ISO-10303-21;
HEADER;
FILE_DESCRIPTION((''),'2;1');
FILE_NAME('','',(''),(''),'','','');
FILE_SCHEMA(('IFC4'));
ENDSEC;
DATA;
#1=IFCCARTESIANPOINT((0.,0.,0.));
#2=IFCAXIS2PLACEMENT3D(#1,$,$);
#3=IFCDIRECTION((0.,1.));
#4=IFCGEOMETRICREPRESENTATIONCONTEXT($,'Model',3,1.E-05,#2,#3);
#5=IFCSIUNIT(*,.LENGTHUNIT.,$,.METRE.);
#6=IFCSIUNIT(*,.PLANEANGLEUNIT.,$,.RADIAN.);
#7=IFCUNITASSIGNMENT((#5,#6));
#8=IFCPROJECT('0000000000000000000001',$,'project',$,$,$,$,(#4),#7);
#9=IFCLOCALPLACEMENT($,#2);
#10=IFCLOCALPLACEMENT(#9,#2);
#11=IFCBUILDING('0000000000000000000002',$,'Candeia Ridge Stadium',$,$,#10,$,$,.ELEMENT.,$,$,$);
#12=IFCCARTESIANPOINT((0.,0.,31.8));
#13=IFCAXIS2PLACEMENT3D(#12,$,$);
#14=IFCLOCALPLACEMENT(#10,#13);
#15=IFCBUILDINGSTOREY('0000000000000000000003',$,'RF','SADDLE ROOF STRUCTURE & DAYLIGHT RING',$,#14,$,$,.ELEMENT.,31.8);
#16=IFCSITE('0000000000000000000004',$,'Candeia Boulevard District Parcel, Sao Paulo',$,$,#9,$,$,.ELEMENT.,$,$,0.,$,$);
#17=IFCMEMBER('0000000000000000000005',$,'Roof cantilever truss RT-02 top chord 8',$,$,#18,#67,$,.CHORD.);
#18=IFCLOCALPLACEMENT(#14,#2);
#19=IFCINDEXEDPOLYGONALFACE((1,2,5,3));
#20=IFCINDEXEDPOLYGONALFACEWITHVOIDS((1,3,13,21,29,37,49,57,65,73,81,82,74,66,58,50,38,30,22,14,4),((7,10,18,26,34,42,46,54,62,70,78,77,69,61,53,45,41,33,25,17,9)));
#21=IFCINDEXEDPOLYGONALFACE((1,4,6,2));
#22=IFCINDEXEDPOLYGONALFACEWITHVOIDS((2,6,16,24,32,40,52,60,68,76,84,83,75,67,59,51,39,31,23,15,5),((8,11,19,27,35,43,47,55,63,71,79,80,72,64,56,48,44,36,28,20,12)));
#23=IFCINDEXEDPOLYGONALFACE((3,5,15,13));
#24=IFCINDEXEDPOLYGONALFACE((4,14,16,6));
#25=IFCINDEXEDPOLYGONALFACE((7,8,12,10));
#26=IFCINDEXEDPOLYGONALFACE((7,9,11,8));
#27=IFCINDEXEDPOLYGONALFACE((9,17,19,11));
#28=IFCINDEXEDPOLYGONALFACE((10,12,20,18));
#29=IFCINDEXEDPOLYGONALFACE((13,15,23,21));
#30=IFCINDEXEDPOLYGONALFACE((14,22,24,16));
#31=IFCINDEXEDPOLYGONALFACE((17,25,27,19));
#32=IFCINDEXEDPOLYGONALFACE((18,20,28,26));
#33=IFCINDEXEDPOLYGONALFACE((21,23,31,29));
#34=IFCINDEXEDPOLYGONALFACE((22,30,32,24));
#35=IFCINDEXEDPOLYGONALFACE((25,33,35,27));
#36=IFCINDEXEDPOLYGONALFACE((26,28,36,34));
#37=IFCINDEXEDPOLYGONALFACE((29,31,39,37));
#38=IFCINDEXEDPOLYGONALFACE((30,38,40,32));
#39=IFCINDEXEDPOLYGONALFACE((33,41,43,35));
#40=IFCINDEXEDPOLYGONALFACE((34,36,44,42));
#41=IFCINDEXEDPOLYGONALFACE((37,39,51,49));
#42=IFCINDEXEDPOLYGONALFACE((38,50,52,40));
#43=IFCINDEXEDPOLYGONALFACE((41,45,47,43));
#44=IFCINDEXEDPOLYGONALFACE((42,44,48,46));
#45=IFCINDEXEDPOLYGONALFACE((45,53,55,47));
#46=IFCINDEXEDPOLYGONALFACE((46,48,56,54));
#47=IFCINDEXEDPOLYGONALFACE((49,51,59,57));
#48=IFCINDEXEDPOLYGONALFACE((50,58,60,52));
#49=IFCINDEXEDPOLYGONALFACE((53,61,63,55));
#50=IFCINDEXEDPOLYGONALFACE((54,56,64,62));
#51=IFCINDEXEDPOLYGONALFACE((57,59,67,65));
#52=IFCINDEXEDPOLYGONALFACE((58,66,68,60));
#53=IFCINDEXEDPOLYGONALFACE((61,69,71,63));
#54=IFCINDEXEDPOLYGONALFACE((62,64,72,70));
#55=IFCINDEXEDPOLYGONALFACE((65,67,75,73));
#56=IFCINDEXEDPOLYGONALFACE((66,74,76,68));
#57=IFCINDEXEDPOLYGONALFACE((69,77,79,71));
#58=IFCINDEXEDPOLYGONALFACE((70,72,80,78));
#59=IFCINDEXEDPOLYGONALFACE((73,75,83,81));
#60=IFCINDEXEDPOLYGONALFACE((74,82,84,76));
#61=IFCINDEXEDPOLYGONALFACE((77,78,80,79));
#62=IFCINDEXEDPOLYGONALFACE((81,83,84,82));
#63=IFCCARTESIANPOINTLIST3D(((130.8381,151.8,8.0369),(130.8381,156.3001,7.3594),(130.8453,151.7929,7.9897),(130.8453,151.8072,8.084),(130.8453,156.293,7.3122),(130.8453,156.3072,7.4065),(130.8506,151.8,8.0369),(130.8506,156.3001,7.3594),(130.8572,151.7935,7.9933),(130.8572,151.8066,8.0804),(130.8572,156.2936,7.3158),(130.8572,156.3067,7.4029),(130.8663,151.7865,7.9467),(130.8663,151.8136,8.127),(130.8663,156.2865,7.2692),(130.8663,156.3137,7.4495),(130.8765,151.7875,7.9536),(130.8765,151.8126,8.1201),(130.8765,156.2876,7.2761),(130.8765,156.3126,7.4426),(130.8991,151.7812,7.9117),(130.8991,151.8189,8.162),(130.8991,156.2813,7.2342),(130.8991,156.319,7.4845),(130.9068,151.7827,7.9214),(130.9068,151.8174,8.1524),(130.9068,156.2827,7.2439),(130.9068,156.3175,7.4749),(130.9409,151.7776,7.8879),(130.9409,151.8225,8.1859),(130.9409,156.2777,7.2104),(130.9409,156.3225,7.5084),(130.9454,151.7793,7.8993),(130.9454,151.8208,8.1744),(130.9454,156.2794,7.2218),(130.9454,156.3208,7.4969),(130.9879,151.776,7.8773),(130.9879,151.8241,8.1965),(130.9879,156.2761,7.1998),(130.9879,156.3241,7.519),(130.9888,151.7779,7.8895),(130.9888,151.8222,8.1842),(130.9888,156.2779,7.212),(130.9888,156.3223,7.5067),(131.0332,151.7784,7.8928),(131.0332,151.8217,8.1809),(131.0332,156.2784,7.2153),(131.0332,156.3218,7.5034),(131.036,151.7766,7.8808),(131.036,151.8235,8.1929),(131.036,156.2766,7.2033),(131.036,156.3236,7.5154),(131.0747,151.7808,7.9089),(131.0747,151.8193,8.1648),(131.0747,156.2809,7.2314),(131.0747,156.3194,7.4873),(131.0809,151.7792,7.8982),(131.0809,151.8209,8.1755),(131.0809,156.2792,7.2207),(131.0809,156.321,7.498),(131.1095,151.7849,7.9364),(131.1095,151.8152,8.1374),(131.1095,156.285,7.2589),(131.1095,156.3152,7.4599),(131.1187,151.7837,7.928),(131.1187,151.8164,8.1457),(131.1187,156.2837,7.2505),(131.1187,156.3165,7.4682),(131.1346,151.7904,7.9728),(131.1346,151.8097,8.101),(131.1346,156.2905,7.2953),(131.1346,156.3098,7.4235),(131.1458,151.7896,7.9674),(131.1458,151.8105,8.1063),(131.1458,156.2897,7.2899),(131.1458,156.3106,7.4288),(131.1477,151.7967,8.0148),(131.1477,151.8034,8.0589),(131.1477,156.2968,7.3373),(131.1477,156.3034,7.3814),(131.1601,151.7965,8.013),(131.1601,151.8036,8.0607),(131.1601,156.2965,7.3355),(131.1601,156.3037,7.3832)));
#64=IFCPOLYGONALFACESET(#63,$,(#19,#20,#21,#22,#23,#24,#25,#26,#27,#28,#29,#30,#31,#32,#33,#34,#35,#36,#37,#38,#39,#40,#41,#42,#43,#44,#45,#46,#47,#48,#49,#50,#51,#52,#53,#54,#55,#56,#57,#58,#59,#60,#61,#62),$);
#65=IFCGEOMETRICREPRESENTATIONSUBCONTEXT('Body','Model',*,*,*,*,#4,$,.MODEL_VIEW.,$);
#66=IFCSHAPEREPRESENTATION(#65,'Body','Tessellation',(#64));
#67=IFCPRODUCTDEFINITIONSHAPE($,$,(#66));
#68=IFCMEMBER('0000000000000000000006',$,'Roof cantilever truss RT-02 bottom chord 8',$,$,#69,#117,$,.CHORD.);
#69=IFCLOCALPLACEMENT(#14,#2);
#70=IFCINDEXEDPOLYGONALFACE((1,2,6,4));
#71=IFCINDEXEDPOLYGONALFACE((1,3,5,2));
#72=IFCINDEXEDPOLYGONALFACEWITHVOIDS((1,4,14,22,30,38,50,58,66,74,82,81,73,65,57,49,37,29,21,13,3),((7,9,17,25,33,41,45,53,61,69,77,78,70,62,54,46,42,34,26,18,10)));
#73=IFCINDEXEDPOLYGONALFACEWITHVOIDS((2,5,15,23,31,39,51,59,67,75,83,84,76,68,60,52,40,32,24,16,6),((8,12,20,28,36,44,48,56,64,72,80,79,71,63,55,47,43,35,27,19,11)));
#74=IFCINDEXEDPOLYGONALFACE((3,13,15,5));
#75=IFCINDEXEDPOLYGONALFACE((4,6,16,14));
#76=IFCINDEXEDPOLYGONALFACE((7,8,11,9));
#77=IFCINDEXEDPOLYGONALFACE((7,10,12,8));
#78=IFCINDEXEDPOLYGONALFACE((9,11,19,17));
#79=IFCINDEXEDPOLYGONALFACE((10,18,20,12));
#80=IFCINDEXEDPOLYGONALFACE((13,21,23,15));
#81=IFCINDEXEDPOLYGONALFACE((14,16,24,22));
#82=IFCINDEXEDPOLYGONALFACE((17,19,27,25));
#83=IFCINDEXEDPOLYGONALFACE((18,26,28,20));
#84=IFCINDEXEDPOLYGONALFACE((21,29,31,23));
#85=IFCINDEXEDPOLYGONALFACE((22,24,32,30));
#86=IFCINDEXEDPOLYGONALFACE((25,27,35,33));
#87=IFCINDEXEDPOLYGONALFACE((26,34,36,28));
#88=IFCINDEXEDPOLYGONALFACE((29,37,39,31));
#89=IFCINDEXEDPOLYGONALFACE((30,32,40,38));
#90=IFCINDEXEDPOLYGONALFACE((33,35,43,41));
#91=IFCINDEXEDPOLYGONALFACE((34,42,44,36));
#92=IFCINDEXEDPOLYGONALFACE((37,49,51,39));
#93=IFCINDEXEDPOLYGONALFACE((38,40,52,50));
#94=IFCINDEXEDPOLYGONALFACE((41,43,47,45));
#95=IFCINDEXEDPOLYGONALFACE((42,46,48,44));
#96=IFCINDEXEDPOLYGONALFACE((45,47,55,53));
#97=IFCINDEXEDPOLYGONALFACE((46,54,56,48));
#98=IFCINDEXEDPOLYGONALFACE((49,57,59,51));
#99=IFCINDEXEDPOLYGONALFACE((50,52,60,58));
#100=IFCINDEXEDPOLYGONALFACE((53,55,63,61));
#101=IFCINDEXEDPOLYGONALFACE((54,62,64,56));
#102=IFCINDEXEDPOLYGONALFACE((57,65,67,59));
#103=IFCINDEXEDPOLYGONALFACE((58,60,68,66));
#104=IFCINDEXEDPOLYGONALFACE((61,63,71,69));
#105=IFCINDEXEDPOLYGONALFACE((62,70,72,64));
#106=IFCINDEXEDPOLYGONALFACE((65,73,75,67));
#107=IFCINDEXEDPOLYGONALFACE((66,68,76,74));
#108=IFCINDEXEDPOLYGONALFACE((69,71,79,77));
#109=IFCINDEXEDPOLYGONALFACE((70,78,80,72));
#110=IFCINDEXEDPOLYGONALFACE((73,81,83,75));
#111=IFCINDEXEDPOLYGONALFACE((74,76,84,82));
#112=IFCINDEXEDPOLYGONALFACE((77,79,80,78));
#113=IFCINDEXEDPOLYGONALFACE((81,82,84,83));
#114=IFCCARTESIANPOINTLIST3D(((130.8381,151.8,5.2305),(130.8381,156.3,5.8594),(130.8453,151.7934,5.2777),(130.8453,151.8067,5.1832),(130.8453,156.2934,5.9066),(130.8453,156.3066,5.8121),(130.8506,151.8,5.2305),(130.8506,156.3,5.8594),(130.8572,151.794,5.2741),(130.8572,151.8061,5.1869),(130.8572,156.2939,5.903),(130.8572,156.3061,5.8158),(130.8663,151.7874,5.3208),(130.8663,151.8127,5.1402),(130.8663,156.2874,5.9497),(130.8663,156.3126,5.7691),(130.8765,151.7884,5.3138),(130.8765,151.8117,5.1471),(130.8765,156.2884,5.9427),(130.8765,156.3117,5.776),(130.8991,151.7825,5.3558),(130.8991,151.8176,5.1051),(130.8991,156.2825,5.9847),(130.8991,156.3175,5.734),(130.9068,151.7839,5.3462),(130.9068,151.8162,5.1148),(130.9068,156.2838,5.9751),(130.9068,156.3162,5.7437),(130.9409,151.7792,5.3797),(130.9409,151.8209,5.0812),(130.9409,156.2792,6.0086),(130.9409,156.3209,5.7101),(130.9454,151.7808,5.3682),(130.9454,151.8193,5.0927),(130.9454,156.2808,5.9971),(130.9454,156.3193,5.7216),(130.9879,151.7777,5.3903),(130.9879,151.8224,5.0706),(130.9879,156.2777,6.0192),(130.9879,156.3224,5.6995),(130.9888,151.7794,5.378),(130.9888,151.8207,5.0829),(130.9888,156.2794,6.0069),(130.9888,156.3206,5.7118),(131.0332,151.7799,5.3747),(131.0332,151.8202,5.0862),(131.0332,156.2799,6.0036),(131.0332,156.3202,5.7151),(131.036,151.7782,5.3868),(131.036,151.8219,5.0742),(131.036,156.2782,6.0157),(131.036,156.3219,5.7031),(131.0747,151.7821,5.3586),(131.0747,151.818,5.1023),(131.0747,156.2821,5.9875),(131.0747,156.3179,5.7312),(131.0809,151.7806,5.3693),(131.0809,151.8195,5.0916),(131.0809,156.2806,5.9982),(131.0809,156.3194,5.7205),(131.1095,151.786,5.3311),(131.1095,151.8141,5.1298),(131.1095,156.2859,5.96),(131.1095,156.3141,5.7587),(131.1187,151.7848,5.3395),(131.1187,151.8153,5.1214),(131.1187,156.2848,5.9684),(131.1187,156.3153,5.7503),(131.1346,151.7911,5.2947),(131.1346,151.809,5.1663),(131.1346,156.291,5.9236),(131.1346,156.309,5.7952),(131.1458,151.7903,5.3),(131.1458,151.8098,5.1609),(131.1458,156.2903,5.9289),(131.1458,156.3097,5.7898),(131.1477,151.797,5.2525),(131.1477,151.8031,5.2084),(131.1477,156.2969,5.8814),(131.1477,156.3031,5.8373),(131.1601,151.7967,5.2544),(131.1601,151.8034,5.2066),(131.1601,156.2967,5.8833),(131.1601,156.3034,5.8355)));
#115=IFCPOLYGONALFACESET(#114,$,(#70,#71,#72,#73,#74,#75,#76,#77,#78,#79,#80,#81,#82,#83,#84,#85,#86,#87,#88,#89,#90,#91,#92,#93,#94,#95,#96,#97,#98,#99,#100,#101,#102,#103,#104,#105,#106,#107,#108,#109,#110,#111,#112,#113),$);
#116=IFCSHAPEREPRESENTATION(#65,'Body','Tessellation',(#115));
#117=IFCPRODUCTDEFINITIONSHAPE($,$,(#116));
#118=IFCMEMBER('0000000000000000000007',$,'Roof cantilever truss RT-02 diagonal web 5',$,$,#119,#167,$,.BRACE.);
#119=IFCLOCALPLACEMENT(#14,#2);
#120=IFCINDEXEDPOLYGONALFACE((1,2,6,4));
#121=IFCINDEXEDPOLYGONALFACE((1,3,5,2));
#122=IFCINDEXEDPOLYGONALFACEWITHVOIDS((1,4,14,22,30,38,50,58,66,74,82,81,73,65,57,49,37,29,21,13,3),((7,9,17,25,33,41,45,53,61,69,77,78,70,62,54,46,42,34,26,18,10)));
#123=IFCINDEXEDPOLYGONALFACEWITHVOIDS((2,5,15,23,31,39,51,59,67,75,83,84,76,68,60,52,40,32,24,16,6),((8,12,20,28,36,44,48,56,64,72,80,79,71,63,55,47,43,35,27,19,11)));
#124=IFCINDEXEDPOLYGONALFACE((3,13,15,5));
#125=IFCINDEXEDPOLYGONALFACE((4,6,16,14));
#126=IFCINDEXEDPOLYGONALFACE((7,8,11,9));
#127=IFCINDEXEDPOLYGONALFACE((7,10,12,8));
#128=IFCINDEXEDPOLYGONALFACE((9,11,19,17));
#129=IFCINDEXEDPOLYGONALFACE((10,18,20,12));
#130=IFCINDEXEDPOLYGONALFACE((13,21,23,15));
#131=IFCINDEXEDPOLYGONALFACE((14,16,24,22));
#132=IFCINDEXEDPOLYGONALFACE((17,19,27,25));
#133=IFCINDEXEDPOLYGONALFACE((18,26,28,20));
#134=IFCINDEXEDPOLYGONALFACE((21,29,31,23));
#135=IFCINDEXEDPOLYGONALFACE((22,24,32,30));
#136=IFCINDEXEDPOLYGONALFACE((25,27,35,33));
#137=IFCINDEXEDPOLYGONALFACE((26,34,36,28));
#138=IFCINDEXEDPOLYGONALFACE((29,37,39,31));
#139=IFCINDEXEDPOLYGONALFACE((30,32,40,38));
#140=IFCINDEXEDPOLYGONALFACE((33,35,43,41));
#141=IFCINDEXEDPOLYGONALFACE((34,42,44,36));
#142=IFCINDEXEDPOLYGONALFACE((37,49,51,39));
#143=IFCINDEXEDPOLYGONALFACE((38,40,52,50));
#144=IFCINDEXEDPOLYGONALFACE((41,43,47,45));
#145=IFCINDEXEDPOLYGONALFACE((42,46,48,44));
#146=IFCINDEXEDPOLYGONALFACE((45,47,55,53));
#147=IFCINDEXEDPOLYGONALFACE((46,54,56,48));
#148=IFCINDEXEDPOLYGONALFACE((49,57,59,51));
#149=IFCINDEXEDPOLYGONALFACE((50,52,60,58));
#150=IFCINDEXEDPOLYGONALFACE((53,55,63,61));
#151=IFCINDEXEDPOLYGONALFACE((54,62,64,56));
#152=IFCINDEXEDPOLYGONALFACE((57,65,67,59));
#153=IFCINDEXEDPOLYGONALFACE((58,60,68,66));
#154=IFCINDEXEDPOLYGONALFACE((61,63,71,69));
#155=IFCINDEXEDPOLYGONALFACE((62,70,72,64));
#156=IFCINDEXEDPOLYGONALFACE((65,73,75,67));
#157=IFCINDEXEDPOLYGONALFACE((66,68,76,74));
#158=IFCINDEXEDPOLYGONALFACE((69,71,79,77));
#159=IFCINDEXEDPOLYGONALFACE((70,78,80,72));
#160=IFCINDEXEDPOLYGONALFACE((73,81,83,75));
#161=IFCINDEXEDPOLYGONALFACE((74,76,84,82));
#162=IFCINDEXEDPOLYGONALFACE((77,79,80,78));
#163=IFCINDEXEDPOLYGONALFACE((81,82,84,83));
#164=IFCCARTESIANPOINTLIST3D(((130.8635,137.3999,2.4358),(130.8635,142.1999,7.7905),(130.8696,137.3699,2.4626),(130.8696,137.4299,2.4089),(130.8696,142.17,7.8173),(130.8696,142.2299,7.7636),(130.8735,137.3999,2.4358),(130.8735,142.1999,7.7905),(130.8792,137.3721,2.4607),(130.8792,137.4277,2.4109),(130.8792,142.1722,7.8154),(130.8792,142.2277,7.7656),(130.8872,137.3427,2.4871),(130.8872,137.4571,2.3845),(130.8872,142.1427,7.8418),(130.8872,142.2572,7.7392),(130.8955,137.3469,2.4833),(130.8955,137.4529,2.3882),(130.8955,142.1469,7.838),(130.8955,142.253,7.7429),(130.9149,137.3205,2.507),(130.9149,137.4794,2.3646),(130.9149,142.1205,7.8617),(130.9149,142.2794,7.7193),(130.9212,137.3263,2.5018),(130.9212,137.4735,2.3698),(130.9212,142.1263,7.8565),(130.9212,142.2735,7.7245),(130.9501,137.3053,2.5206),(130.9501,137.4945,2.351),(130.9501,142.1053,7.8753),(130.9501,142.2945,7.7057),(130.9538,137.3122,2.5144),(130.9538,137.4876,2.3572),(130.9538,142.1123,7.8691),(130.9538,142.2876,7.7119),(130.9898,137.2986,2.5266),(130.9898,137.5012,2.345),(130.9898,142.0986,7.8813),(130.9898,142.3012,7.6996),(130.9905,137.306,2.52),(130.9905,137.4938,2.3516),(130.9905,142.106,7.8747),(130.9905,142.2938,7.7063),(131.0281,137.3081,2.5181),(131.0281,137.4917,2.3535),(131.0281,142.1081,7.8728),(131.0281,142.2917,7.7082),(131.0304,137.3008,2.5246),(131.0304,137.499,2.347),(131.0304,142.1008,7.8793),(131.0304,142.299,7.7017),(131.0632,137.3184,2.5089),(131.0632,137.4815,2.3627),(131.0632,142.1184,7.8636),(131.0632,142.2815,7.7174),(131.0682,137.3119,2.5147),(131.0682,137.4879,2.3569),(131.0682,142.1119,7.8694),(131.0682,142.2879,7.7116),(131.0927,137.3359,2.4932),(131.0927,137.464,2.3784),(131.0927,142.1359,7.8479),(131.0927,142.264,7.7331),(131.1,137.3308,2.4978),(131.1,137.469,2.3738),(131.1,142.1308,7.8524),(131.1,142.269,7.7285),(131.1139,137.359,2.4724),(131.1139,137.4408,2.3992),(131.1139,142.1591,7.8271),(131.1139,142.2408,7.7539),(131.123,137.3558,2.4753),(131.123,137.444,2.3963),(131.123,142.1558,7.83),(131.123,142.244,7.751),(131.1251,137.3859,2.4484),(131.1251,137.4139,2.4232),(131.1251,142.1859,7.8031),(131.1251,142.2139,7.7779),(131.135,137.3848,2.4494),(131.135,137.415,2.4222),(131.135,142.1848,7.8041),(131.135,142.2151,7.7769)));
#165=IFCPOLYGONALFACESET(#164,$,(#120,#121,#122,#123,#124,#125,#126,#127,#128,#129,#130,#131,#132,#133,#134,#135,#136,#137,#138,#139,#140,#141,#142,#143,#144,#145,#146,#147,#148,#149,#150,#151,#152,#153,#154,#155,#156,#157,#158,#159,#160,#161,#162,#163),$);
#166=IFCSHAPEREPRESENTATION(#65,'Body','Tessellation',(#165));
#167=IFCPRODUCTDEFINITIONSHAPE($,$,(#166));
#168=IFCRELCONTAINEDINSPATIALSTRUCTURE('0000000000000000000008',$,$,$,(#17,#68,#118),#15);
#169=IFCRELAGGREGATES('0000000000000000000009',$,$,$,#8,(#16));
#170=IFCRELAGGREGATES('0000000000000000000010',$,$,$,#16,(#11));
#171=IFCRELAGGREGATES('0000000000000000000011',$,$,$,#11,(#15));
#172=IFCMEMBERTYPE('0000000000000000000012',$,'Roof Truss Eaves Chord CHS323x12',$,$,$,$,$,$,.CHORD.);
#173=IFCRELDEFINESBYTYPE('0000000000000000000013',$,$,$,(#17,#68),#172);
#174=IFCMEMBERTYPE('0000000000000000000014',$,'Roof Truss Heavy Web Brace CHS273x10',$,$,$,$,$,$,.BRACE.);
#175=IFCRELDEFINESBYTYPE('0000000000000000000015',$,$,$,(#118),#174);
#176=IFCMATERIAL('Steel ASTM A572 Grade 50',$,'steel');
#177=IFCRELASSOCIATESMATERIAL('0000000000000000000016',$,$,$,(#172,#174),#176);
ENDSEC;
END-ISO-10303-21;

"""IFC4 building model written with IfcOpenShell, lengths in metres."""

from ifc_helpers import new_model, si_unit, direction, frame, origin, origin_2d, place, context, subcontext, project, spatial, hollow_circle, extrude, material, material_profile, profile_set, type_object, element, save


model = new_model("IFC4")

# Units and contexts
model_context = context("Model", 3, precision=1e-05, world=origin(), true_north=direction((0.0, 1.0)))
body_context = subcontext(model_context, "Body", "Model", "MODEL_VIEW")
ifc_project = project(units=[si_unit("LENGTHUNIT", "METRE"), si_unit("PLANEANGLEUNIT", "RADIAN")], contexts=[model_context])

# Site, building, storey
site_placement = place(None, origin())
site = spatial("IfcSite", under=ifc_project, at=site_placement, Name="Candeia Boulevard District Parcel, Sao Paulo", CompositionType="ELEMENT", RefElevation=0.0)
building_placement = place(site_placement, origin())
building = spatial("IfcBuilding", under=site, at=building_placement, Name="Candeia Ridge Stadium", CompositionType="ELEMENT")
storey_placement = place(building_placement, frame((0.0, 0.0, 31.8)))
storey = spatial("IfcBuildingStorey", under=building, at=storey_placement, Name="RF", Description="SADDLE ROOF STRUCTURE & DAYLIGHT RING", CompositionType="ELEMENT", Elevation=31.8)

# Shared definitions
ifc_material_1 = material(Name="Steel ASTM A572 Grade 50", Category="steel")

# Members
ifc_material_profile_1 = material_profile(ifc_material_1, hollow_circle(Radius=0.1619, WallThickness=0.0125, at=origin_2d()), Name="CHS323x12", Category="steel")
ifc_profile_set_1 = profile_set([ifc_material_profile_1], Name="Steel ASTM A572 Grade 50")
member_type_1 = type_object("IfcMemberType", Name="Roof Truss Eaves Chord CHS323x12", PredefinedType="CHORD", material=ifc_profile_set_1)
member_1_placement = place(storey_placement, frame((131.0, 151.8, 8.0369), z_axis=(0.0, 0.988856, -0.148876), x_axis=(-1.0, 0.0, 0.0)))
element("IfcMember", 1, at=member_1_placement, inside=storey, type_object=member_type_1, Name="Roof cantilever truss RT-02 top chord 8", PredefinedType="CHORD", context=body_context, shape_type="SweptSolid", body=[
    extrude(hollow_circle(Radius=0.1619, WallThickness=0.0125, at=origin_2d()), origin(), (0.0, 0.0, 1.0), 4.5508),
])
member_2_placement = place(storey_placement, frame((131.0, 151.8, 5.2305), z_axis=(0.0, 0.990375, 0.138412), x_axis=(-1.0, 0.0, 0.0)))
element("IfcMember", 2, at=member_2_placement, inside=storey, type_object=member_type_1, Name="Roof cantilever truss RT-02 bottom chord 8", PredefinedType="CHORD", context=body_context, shape_type="SweptSolid", body=[
    extrude(hollow_circle(Radius=0.1619, WallThickness=0.0125, at=origin_2d()), origin(), (0.0, 0.0, 1.0), 4.5437),
])
ifc_material_profile_2 = material_profile(ifc_material_1, hollow_circle(Radius=0.1365, WallThickness=0.01, at=origin_2d()), Name="CHS273x10", Category="steel")
ifc_profile_set_2 = profile_set([ifc_material_profile_2], Name="Steel ASTM A572 Grade 50")
member_type_2 = type_object("IfcMemberType", Name="Roof Truss Heavy Web Brace CHS273x10", PredefinedType="BRACE", material=ifc_profile_set_2)
member_3_placement = place(storey_placement, frame((131.0, 137.3999, 2.4358), z_axis=(0.0, 0.667487, 0.744621), x_axis=(-1.0, 0.0, 0.0)))
element("IfcMember", 3, at=member_3_placement, inside=storey, type_object=member_type_2, Name="Roof cantilever truss RT-02 diagonal web 5", PredefinedType="BRACE", context=body_context, shape_type="SweptSolid", body=[
    extrude(hollow_circle(Radius=0.1365, WallThickness=0.01, at=origin_2d()), origin(), (0.0, 0.0, 1.0), 7.1912),
])

save(model, "model.ifc")
